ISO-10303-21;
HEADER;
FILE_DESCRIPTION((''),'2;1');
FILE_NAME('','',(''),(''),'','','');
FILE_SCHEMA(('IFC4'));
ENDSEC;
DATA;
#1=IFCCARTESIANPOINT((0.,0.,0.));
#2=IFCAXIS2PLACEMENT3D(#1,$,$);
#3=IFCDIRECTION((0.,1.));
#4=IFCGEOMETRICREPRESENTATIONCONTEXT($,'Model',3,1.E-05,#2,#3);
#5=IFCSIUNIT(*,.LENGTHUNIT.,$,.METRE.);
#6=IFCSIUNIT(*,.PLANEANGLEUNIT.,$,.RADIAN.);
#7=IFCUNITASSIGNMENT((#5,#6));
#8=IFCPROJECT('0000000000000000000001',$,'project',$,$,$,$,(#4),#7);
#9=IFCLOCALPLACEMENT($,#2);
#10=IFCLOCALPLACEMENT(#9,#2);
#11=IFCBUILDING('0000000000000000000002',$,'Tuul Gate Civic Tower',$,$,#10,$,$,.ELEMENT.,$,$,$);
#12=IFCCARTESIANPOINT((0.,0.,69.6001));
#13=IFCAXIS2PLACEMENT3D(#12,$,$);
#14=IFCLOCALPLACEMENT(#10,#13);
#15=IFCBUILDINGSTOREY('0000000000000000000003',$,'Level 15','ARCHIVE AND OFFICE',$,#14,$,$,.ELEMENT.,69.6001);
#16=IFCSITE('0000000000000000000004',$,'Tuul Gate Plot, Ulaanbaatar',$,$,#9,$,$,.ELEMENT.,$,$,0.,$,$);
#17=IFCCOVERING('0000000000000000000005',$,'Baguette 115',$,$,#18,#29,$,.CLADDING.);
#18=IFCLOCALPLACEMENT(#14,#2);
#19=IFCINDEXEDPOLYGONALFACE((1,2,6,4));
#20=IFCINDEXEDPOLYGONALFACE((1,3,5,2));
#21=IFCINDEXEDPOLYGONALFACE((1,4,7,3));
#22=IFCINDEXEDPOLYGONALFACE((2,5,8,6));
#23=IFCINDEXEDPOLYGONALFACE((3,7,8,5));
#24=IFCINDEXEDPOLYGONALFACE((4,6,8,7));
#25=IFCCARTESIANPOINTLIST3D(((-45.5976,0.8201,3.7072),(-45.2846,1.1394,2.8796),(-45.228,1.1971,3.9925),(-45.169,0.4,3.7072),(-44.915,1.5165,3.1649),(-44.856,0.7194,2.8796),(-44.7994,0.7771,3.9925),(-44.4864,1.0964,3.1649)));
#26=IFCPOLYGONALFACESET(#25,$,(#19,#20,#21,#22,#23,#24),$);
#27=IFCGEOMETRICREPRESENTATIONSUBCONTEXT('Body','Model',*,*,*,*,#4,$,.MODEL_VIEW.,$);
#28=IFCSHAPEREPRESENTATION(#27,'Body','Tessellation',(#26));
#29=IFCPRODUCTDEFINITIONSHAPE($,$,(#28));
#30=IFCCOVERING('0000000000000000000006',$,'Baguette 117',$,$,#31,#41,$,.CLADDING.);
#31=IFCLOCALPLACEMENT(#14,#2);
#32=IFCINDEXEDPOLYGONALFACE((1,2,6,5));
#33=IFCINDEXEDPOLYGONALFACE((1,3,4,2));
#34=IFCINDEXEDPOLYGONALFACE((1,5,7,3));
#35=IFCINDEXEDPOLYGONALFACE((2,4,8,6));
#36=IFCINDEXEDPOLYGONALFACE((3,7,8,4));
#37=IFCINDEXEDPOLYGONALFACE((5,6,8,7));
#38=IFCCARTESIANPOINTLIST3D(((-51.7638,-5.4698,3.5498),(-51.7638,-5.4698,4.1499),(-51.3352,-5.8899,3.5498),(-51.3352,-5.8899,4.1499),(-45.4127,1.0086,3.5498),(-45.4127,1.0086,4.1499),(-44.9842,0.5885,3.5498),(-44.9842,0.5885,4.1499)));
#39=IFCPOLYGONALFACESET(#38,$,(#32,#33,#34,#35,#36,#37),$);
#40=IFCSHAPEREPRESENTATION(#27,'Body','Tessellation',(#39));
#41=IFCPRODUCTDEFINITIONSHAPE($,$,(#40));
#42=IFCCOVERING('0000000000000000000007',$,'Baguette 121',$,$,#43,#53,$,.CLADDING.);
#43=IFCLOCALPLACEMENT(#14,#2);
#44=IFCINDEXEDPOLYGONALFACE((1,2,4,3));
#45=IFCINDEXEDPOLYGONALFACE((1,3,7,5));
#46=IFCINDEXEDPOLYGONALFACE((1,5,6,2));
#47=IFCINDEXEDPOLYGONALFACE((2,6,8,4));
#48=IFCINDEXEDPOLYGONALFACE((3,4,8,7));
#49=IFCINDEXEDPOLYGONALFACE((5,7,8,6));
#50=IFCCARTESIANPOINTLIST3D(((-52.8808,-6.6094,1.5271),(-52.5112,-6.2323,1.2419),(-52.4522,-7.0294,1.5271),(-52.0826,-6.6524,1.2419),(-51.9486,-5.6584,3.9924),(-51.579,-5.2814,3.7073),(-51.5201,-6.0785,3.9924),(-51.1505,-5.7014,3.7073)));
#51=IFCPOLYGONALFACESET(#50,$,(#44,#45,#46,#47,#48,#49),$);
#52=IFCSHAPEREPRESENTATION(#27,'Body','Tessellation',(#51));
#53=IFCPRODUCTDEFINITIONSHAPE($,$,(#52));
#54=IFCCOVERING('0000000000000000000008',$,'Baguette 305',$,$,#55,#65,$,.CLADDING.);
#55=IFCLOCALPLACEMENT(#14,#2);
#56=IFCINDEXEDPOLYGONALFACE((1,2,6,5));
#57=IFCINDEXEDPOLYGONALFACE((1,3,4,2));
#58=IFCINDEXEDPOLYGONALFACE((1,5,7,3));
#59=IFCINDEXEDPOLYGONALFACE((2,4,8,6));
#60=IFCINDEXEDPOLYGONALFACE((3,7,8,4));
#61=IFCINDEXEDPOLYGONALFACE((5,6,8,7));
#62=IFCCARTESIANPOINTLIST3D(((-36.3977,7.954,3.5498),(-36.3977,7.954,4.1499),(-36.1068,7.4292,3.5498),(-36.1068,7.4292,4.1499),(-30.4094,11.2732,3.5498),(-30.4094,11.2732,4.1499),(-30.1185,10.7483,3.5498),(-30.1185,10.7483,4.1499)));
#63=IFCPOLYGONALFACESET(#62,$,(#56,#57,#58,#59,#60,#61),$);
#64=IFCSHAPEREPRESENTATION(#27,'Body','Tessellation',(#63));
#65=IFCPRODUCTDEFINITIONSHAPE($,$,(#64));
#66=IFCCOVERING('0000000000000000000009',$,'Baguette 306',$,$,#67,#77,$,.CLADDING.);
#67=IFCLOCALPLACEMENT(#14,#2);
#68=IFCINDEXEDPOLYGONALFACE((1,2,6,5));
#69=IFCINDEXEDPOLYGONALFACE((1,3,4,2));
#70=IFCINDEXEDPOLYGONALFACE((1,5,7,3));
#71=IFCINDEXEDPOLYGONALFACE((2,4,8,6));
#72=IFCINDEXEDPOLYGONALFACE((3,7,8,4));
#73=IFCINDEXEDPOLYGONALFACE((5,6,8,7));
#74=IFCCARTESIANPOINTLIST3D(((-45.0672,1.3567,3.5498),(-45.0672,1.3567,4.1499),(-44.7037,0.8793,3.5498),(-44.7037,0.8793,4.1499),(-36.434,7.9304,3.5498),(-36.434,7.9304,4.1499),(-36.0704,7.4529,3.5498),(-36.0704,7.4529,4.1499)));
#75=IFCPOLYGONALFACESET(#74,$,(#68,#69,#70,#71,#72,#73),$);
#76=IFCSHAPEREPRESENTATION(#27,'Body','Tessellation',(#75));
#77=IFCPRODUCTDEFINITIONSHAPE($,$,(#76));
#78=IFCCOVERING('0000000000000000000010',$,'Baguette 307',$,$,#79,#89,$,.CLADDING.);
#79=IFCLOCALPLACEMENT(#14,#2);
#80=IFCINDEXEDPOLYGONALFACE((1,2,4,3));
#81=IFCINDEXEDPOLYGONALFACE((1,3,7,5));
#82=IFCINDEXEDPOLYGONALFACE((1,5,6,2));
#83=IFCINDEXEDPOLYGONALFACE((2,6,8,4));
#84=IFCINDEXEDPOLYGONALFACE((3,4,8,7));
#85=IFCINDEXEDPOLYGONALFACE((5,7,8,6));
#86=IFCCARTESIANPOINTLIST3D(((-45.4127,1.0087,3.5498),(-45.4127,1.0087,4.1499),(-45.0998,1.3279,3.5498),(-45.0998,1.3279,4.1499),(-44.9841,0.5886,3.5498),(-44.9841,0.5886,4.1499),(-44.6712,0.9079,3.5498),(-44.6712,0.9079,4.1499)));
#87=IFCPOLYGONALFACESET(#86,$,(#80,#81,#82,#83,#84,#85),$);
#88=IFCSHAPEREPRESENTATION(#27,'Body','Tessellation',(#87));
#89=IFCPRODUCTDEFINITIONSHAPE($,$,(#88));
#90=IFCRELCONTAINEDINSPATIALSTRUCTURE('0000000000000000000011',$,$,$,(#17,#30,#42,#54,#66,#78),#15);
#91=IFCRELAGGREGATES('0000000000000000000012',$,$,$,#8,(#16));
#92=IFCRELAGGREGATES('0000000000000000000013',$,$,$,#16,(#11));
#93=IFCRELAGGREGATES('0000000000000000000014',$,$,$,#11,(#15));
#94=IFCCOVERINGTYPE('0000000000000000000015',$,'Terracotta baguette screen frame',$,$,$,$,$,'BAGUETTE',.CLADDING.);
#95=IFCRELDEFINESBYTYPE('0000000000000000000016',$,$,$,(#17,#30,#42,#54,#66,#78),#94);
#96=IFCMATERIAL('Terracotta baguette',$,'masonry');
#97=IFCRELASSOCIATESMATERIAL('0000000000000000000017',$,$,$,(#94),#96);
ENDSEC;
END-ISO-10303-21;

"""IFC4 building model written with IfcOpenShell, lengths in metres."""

from ifc_helpers import new_model, si_unit, direction, frame, origin, origin_2d, place, context, subcontext, project, spatial, rectangle, extrude, material, material_profile, profile_set, type_object, element, save


model = new_model("IFC4")

# Units and contexts
model_context = context("Model", 3, precision=1e-05, world=origin(), true_north=direction((0.0, 1.0)))
body_context = subcontext(model_context, "Body", "Model", "MODEL_VIEW")
ifc_project = project(units=[si_unit("LENGTHUNIT", "METRE"), si_unit("PLANEANGLEUNIT", "RADIAN")], contexts=[model_context])

# Site, building, storey
site_placement = place(None, origin())
site = spatial("IfcSite", under=ifc_project, at=site_placement, Name="Tuul Gate Plot, Ulaanbaatar", CompositionType="ELEMENT", RefElevation=0.0)
building_placement = place(site_placement, origin())
building = spatial("IfcBuilding", under=site, at=building_placement, Name="Tuul Gate Civic Tower", CompositionType="ELEMENT")
storey_placement = place(building_placement, frame((0.0, 0.0, 69.6001)))
storey = spatial("IfcBuildingStorey", under=building, at=storey_placement, Name="Level 15", Description="ARCHIVE AND OFFICE", CompositionType="ELEMENT", Elevation=69.6001)

# Coverings
ifc_material_1 = material(Name="Terracotta baguette", Category="masonry")
ifc_material_profile_1 = material_profile(ifc_material_1, rectangle(XDim=0.6001, YDim=0.6001, at=origin_2d()), Name="Terracotta baguette screen frame")
ifc_profile_set_1 = profile_set([ifc_material_profile_1], Name="Terracotta baguette")
covering_type = type_object("IfcCoveringType", Name="Terracotta baguette screen frame", ElementType="BAGUETTE", PredefinedType="CLADDING", material=ifc_profile_set_1)
covering_1_placement = place(storey_placement, frame((-45.1985, 0.7986, 3.8499), z_axis=(0.332718, 0.339466, -0.879808), x_axis=(-0.714169, 0.699973, 0.0)))
element("IfcCovering", 1, at=covering_1_placement, inside=storey, type_object=covering_type, Name="Baguette 115", PredefinedType="CLADDING", context=body_context, shape_type="SweptSolid", body=[
    extrude(rectangle(XDim=0.6001, YDim=0.6001, at=origin_2d()), origin(), (0.0, 0.0, 1.0), 0.9407),
])
covering_2_placement = place(storey_placement, frame((-45.1985, 0.7986, 3.8499), z_axis=(-0.700048, -0.714096, 0.0), x_axis=(0.714096, -0.700048, 0.0)))
element("IfcCovering", 2, at=covering_2_placement, inside=storey, type_object=covering_type, Name="Baguette 117", PredefinedType="CLADDING", context=body_context, shape_type="SweptSolid", body=[
    extrude(rectangle(XDim=0.6001, YDim=0.6001, at=origin_2d()), origin(), (0.0, 0.0, 1.0), 9.0723),
])
covering_3_placement = place(storey_placement, frame((-51.5496, -5.6799, 3.8499), z_axis=(-0.33267, -0.339379, -0.879859), x_axis=(0.71413, -0.700013, 0.0)))
element("IfcCovering", 3, at=covering_3_placement, inside=storey, type_object=covering_type, Name="Baguette 121", PredefinedType="CLADDING", context=body_context, shape_type="SweptSolid", body=[
    extrude(rectangle(XDim=0.6001, YDim=0.6001, at=origin_2d()), origin(), (0.0, 0.0, 1.0), 2.802),
])
covering_4_placement = place(storey_placement, frame((-30.2639, 11.0107, 3.8499), z_axis=(-0.874636, -0.48478, 0.0), x_axis=(0.48478, -0.874636, 0.0)))
element("IfcCovering", 4, at=covering_4_placement, inside=storey, type_object=covering_type, Name="Baguette 305", PredefinedType="CLADDING", context=body_context, shape_type="SweptSolid", body=[
    extrude(rectangle(XDim=0.6001, YDim=0.6001, at=origin_2d()), origin(), (0.0, 0.0, 1.0), 6.8467),
])
covering_5_placement = place(storey_placement, frame((-36.2522, 7.6917, 3.8499), z_axis=(-0.79561, -0.605809, 0.0), x_axis=(0.605809, -0.79561, 0.0)))
element("IfcCovering", 5, at=covering_5_placement, inside=storey, type_object=covering_type, Name="Baguette 306", PredefinedType="CLADDING", context=body_context, shape_type="SweptSolid", body=[
    extrude(rectangle(XDim=0.6001, YDim=0.6001, at=origin_2d()), origin(), (0.0, 0.0, 1.0), 10.8511),
])
covering_6_placement = place(storey_placement, frame((-44.8855, 1.1179, 3.8499), z_axis=(-0.699973, -0.714169, 0.0), x_axis=(0.714169, -0.699973, 0.0)))
element("IfcCovering", 6, at=covering_6_placement, inside=storey, type_object=covering_type, Name="Baguette 307", PredefinedType="CLADDING", context=body_context, shape_type="SweptSolid", body=[
    extrude(rectangle(XDim=0.6001, YDim=0.6001, at=origin_2d()), origin(), (0.0, 0.0, 1.0), 0.447),
])

save(model, "model.ifc")
